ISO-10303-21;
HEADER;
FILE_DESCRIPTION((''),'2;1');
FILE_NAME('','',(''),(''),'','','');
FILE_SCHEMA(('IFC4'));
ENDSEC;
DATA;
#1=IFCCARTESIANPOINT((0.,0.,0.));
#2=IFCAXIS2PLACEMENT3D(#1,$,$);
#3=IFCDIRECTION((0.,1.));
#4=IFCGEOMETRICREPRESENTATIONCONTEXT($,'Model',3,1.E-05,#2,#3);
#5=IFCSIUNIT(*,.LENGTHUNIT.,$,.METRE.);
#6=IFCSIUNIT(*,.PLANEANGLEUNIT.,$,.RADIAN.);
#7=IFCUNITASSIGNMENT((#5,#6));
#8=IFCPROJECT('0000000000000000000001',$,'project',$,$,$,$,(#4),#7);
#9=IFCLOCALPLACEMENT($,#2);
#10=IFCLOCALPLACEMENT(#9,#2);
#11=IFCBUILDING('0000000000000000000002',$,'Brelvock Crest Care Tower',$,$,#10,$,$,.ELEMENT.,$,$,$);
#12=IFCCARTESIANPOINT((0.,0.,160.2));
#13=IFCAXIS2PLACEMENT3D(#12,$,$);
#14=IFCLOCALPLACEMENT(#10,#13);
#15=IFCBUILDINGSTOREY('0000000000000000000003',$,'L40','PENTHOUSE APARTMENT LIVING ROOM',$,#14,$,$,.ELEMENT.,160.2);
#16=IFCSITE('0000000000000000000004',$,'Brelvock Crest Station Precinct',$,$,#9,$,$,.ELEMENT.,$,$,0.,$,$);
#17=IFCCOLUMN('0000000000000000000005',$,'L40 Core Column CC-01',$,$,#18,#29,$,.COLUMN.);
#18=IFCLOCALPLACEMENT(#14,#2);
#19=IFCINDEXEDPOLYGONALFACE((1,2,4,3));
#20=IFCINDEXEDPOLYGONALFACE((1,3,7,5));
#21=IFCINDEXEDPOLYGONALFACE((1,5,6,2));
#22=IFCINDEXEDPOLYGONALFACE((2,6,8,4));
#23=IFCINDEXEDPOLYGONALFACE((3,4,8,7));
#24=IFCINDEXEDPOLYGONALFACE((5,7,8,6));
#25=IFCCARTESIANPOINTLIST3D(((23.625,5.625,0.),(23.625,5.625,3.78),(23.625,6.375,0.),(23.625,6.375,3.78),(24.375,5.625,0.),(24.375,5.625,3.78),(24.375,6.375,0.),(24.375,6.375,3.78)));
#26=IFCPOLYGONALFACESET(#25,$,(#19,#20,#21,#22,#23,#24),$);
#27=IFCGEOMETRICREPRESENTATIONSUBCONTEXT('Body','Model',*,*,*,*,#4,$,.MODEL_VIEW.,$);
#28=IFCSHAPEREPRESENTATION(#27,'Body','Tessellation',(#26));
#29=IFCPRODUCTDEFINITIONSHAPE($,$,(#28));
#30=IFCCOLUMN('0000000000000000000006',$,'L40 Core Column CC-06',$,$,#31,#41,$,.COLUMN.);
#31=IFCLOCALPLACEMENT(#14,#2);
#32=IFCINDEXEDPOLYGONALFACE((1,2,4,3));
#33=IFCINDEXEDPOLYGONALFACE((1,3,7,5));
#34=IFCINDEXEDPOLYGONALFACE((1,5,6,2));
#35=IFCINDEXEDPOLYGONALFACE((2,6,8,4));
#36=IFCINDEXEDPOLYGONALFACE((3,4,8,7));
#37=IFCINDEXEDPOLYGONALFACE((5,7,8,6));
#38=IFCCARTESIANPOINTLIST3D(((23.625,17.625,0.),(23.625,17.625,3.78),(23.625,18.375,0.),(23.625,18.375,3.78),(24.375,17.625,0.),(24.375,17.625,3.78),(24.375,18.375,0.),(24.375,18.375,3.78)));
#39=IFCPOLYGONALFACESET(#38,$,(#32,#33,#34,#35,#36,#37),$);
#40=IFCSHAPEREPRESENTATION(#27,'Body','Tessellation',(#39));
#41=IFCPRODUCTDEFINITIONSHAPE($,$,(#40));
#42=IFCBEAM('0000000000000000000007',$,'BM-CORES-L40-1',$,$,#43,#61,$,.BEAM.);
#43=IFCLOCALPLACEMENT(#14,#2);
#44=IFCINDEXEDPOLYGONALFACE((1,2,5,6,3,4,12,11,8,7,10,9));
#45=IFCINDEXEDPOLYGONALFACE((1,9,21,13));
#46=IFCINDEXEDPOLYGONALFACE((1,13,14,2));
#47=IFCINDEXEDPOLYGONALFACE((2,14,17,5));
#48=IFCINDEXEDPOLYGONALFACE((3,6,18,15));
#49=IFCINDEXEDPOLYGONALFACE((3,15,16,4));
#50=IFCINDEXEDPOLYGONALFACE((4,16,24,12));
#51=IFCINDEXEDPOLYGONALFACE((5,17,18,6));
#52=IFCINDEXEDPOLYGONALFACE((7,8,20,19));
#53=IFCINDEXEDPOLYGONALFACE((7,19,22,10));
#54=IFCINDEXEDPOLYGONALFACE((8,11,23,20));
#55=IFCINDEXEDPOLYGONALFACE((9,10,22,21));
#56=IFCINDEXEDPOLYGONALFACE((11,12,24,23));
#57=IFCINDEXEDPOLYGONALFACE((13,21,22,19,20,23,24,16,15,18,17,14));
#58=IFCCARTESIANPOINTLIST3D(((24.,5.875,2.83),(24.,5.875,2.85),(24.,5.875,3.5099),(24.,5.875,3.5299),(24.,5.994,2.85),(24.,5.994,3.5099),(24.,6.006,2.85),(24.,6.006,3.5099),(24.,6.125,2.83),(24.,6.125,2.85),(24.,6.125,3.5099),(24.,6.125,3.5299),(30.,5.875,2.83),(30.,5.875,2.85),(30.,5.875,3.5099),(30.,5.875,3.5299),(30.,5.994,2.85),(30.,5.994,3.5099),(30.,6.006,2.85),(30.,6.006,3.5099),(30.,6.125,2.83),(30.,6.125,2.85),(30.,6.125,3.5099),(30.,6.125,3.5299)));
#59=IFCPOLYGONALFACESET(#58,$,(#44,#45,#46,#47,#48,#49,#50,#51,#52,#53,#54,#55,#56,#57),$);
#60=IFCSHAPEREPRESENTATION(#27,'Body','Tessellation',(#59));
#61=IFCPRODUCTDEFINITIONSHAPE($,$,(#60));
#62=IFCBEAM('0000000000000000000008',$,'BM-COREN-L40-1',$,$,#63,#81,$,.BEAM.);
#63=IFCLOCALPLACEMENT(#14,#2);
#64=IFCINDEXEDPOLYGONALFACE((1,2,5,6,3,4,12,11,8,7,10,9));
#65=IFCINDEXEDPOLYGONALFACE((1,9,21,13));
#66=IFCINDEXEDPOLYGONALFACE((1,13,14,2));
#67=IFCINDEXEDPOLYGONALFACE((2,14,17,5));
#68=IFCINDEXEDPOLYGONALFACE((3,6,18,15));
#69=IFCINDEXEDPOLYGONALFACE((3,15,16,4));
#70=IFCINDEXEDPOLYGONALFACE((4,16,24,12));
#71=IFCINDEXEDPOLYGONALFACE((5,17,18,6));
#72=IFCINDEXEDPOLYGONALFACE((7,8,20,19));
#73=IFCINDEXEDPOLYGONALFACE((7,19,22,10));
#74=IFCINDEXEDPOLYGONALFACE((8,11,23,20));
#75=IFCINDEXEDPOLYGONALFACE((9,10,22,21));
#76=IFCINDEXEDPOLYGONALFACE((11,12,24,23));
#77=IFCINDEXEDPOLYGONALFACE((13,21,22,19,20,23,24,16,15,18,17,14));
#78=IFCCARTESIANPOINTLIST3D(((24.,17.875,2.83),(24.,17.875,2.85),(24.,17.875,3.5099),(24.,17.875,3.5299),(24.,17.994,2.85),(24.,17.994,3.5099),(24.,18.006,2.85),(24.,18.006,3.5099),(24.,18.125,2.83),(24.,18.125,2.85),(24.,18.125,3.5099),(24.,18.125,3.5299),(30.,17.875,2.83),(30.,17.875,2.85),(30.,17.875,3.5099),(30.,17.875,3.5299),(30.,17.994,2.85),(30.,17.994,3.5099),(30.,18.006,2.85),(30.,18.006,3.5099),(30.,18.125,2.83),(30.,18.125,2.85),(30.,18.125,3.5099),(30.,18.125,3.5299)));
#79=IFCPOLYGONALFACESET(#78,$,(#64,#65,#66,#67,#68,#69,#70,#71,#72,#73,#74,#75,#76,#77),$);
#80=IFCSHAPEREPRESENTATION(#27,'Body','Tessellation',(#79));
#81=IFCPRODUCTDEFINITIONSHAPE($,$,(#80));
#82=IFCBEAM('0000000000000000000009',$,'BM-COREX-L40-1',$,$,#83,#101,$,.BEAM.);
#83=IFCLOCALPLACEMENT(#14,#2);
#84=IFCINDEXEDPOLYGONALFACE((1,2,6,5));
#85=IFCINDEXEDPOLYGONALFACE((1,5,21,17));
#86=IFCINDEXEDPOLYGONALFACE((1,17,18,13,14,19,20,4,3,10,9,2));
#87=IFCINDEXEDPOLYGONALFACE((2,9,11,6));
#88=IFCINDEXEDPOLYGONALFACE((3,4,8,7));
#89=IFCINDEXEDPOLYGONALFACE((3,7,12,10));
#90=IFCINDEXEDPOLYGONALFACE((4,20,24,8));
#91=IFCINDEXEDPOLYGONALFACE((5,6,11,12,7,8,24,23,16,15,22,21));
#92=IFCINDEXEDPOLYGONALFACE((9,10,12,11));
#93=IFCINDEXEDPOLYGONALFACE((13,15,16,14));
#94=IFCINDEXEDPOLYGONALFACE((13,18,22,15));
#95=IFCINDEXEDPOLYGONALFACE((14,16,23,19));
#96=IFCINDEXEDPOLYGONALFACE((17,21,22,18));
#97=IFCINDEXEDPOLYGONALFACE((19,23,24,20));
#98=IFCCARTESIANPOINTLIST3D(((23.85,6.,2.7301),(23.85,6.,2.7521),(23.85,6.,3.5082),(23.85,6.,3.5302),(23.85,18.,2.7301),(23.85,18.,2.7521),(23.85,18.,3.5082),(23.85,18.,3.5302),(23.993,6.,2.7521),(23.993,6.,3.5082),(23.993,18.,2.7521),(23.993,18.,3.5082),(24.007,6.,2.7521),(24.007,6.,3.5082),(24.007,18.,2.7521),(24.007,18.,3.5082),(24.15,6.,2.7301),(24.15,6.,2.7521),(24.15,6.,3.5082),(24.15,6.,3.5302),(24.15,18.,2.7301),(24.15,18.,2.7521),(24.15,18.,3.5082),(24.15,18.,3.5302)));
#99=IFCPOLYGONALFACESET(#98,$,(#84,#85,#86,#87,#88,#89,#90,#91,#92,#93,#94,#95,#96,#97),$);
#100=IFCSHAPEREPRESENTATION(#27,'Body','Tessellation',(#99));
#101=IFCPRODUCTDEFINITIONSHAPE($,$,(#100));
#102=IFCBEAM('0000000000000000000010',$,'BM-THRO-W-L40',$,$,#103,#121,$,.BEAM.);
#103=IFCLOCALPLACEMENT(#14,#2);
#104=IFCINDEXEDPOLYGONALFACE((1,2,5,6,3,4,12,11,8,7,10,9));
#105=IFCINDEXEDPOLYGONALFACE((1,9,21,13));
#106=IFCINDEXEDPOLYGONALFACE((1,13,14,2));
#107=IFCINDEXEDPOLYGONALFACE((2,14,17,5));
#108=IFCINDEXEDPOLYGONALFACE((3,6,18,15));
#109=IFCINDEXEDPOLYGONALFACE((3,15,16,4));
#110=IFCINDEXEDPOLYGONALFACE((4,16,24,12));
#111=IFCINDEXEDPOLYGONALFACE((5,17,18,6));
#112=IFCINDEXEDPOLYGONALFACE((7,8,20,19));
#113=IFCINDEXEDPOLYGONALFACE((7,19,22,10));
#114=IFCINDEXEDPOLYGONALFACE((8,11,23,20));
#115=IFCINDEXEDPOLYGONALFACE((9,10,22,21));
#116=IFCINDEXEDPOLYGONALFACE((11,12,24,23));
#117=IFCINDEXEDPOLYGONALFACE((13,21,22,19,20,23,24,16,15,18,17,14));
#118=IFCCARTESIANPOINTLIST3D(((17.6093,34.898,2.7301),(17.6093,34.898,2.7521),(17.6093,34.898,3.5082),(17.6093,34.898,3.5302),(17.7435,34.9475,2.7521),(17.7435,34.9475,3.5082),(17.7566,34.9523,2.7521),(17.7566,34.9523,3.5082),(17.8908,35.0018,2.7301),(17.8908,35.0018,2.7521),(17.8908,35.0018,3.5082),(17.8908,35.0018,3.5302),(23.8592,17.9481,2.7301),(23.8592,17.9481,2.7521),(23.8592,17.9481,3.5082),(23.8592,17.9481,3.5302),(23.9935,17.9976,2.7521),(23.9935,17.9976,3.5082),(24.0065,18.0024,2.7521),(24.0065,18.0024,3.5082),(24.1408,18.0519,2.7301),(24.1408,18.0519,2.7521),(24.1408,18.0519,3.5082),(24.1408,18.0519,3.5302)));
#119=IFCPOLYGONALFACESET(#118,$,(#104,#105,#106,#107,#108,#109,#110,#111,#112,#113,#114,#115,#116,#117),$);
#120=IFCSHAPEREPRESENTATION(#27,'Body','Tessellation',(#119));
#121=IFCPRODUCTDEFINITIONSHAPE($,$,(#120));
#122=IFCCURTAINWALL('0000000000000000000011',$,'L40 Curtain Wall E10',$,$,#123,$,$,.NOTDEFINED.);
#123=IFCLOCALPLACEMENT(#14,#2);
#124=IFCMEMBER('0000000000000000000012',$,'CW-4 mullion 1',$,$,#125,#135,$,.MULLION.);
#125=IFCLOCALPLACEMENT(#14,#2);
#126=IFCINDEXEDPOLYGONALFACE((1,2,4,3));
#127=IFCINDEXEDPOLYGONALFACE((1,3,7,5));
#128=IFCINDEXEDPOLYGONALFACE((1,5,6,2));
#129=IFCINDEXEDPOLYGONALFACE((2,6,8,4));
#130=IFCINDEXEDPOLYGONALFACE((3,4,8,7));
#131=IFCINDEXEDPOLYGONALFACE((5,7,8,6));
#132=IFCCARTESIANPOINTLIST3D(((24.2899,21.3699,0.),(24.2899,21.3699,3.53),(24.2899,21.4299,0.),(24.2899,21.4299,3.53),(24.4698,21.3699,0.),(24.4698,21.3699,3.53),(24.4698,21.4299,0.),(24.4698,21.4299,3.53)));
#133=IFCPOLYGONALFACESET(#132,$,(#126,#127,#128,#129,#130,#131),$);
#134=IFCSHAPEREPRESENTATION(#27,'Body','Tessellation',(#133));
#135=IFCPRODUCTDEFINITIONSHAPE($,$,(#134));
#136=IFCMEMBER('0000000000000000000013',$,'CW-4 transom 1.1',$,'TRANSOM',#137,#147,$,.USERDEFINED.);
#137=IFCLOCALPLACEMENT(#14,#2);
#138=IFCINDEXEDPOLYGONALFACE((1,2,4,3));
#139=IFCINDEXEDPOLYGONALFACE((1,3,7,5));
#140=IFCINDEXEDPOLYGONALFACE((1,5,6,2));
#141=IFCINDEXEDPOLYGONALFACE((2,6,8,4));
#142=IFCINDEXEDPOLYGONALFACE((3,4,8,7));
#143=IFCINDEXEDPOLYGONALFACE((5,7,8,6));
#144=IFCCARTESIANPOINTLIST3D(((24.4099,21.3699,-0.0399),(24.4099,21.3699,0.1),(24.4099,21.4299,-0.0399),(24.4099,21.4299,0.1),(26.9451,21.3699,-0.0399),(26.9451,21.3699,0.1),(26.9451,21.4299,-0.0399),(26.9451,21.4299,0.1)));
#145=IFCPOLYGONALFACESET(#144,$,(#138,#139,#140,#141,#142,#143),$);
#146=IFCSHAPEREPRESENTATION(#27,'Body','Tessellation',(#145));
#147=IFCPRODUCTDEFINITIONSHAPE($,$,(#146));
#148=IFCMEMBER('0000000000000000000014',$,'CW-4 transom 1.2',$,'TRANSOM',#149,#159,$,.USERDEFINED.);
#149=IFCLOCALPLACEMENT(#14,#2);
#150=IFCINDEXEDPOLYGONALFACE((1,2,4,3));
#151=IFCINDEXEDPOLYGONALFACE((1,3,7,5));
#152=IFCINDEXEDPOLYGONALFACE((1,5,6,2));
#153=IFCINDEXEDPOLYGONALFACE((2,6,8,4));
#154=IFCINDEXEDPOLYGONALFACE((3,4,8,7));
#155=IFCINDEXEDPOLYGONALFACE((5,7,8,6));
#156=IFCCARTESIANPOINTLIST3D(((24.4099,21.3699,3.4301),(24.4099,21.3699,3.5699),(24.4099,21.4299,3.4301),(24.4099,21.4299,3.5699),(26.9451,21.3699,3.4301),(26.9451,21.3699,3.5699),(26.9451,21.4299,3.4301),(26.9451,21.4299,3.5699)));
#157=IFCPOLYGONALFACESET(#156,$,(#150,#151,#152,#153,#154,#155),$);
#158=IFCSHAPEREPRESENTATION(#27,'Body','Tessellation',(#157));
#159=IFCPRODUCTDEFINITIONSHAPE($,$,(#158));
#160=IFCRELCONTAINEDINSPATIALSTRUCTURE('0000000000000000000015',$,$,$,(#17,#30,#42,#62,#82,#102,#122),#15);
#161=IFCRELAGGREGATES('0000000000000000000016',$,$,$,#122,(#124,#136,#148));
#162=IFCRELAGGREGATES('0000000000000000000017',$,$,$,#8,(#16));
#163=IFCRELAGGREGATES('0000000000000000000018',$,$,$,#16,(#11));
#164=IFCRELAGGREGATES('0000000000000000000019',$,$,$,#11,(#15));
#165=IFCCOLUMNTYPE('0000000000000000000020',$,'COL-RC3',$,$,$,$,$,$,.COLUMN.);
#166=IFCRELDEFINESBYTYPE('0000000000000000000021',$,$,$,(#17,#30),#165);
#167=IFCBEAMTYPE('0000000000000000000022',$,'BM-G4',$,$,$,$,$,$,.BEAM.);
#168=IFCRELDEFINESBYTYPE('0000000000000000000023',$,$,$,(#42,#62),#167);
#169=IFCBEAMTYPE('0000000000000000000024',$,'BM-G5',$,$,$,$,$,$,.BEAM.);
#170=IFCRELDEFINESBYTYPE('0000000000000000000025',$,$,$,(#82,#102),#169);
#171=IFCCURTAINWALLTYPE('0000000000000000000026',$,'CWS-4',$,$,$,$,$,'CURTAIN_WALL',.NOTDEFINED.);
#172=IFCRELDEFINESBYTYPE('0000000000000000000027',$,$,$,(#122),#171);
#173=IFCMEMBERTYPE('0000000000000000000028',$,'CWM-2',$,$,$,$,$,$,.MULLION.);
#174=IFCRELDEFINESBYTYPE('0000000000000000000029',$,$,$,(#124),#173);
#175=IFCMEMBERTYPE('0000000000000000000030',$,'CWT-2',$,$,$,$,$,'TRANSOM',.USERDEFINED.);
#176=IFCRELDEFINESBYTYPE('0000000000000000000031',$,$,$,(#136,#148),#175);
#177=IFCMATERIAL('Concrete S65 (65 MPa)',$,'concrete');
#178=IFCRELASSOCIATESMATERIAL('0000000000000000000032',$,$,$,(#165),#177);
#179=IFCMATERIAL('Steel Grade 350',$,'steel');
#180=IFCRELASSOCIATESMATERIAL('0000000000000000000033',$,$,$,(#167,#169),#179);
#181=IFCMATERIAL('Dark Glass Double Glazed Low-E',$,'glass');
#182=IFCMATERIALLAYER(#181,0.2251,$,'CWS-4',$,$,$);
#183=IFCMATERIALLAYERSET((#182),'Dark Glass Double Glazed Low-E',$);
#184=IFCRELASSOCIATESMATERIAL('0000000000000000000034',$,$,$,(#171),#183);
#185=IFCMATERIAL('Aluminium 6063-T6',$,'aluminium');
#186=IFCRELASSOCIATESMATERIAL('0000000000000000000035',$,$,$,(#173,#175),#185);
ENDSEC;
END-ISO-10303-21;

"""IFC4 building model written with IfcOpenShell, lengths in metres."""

from ifc_helpers import new_model, si_unit, direction, frame, origin, origin_2d, place, context, subcontext, project, spatial, rectangle, i_section, extrude, source, transform, mapped, material, layer, layer_set, material_profile, profile_set, type_object, element, aggregate, save


model = new_model("IFC4")

# Units and contexts
model_context = context("Model", 3, precision=1e-05, world=origin(), true_north=direction((0.0, 1.0)))
body_context = subcontext(model_context, "Body", "Model", "MODEL_VIEW")
ifc_project = project(units=[si_unit("LENGTHUNIT", "METRE"), si_unit("PLANEANGLEUNIT", "RADIAN")], contexts=[model_context])

# Site, building, storey
site_placement = place(None, origin())
site = spatial("IfcSite", under=ifc_project, at=site_placement, Name="Brelvock Crest Station Precinct", CompositionType="ELEMENT", RefElevation=0.0)
building_placement = place(site_placement, origin())
building = spatial("IfcBuilding", under=site, at=building_placement, Name="Brelvock Crest Care Tower", CompositionType="ELEMENT")
storey_placement = place(building_placement, frame((0.0, 0.0, 160.2)))
storey = spatial("IfcBuildingStorey", under=building, at=storey_placement, Name="L40", Description="PENTHOUSE APARTMENT LIVING ROOM", CompositionType="ELEMENT", Elevation=160.2)

# Columns
ifc_material_1 = material(Name="Concrete S65 (65 MPa)", Category="concrete")
ifc_material_profile_1 = material_profile(ifc_material_1, rectangle(XDim=0.75, YDim=0.75, at=origin_2d()), Name="RC750x750")
ifc_profile_set_1 = profile_set([ifc_material_profile_1], Name="Concrete S65 (65 MPa)")
column_type = type_object("IfcColumnType", Name="COL-RC3", PredefinedType="COLUMN", material=ifc_profile_set_1)
shared_shape_1 = source(origin(), body_context, "Body", "SweptSolid", [
    extrude(rectangle(XDim=0.75, YDim=0.75, at=origin_2d()), origin(), (0.0, 0.0, 1.0), 3.78),
])
for number, where, z_axis, x_axis, name in (
    (1, (24.0, 6.0, 0.0), (0.0, 0.0, 1.0), (1.0, 0.0, 0.0), "L40 Core Column CC-01"),
    (2, (24.0, 18.0, 0.0), (0.0, 0.0, 1.0), (1.0, 0.0, 0.0), "L40 Core Column CC-06"),
):
    element("IfcColumn", number, at=place(storey_placement, frame(where, z_axis=z_axis, x_axis=x_axis)), inside=storey, type_object=column_type, Name=name, PredefinedType="COLUMN", context=body_context, shape_type="MappedRepresentation", body=[
        mapped(shared_shape_1, transform((0.0, 0.0, 0.0), x_axis=(1.0, 0.0, 0.0), y_axis=(0.0, 1.0, 0.0), z_axis=(0.0, 0.0, 1.0), scale=1.0)),
    ])

# Beams
ifc_material_2 = material(Name="Steel Grade 350", Category="steel")
ifc_material_profile_2 = material_profile(ifc_material_2, i_section(OverallWidth=0.25, OverallDepth=0.7, WebThickness=0.012, FlangeThickness=0.02, at=origin_2d()), Name="700WB150")
ifc_profile_set_2 = profile_set([ifc_material_profile_2], Name="Steel Grade 350")
beam_type_1 = type_object("IfcBeamType", Name="BM-G4", PredefinedType="BEAM", material=ifc_profile_set_2)
shared_shape_2 = source(origin(), body_context, "Body", "SweptSolid", [
    extrude(i_section(OverallWidth=0.25, OverallDepth=0.7, WebThickness=0.012, FlangeThickness=0.02, at=origin_2d()), origin(), (0.0, 0.0, 1.0), 6.0),
])
for number, where, z_axis, x_axis, name in (
    (3, (24.0, 6.0, 3.1799), (1.0, 0.0, 0.0), (0.0, 1.0, 0.0), "BM-CORES-L40-1"),
    (4, (24.0, 18.0, 3.1799), (1.0, 0.0, 0.0), (0.0, 1.0, 0.0), "BM-COREN-L40-1"),
):
    element("IfcBeam", number, at=place(storey_placement, frame(where, z_axis=z_axis, x_axis=x_axis)), inside=storey, type_object=beam_type_1, Name=name, PredefinedType="BEAM", context=body_context, shape_type="MappedRepresentation", body=[
        mapped(shared_shape_2, transform((0.0, 0.0, 0.0), x_axis=(1.0, 0.0, 0.0), y_axis=(0.0, 1.0, 0.0), z_axis=(0.0, 0.0, 1.0), scale=1.0)),
    ])
ifc_material_profile_3 = material_profile(ifc_material_2, i_section(OverallWidth=0.3, OverallDepth=0.8, WebThickness=0.0139, FlangeThickness=0.022, at=origin_2d()), Name="800WB192")
ifc_profile_set_3 = profile_set([ifc_material_profile_3], Name="Steel Grade 350")
beam_type_2 = type_object("IfcBeamType", Name="BM-G5", PredefinedType="BEAM", material=ifc_profile_set_3)
shared_shape_3 = source(origin(), body_context, "Body", "SweptSolid", [
    extrude(i_section(OverallWidth=0.3, OverallDepth=0.8, WebThickness=0.0139, FlangeThickness=0.022, at=origin_2d()), origin(), (0.0, 0.0, 1.0), 12.0),
])
beam_1_placement = place(storey_placement, frame((24.0, 6.0, 3.1301), z_axis=(0.0, 1.0, 0.0), x_axis=(-1.0, 0.0, 0.0)))
element("IfcBeam", 5, at=beam_1_placement, inside=storey, type_object=beam_type_2, Name="BM-COREX-L40-1", PredefinedType="BEAM", context=body_context, shape_type="MappedRepresentation", body=[
    mapped(shared_shape_3, transform((0.0, 0.0, 0.0), x_axis=(1.0, 0.0, 0.0), y_axis=(0.0, 1.0, 0.0), z_axis=(0.0, 0.0, 1.0), scale=1.0)),
])
shared_shape_4 = source(origin(), body_context, "Body", "SweptSolid", [
    extrude(i_section(OverallWidth=0.3, OverallDepth=0.8, WebThickness=0.0139, FlangeThickness=0.022, at=origin_2d()), origin(), (0.0, 0.0, 1.0), 18.0654),
])
beam_2_placement = place(storey_placement, frame((24.0, 18.0, 3.1301), z_axis=(-0.345963, 0.938248, 0.0), x_axis=(-0.938248, -0.345963, 0.0)))
element("IfcBeam", 6, at=beam_2_placement, inside=storey, type_object=beam_type_2, Name="BM-THRO-W-L40", PredefinedType="BEAM", context=body_context, shape_type="MappedRepresentation", body=[
    mapped(shared_shape_4, transform((0.0, 0.0, 0.0), x_axis=(1.0, 0.0, 0.0), y_axis=(0.0, 1.0, 0.0), z_axis=(0.0, 0.0, 1.0), scale=1.0)),
])

# Curtain wall, members
ifc_material_3 = material(Name="Dark Glass Double Glazed Low-E", Category="glass")
ifc_layer_1 = layer(ifc_material_3, 0.2251, Name="CWS-4")
ifc_layer_set_1 = layer_set([ifc_layer_1], Name="Dark Glass Double Glazed Low-E")
curtain_wall_type = type_object("IfcCurtainWallType", Name="CWS-4", ElementType="CURTAIN_WALL", PredefinedType="NOTDEFINED", material=ifc_layer_set_1)
curtain_wall_placement = place(storey_placement, origin())
curtain_wall = element("IfcCurtainWall", 7, at=curtain_wall_placement, inside=storey, type_object=curtain_wall_type, Name="L40 Curtain Wall E10", PredefinedType="NOTDEFINED")
ifc_material_4 = material(Name="Aluminium 6063-T6", Category="aluminium")
ifc_material_profile_4 = material_profile(ifc_material_4, rectangle(XDim=0.0601, YDim=0.1799, at=origin_2d()), Name="ALU60x180")
ifc_profile_set_4 = profile_set([ifc_material_profile_4], Name="Aluminium 6063-T6")
member_type_1 = type_object("IfcMemberType", Name="CWM-2", PredefinedType="MULLION", material=ifc_profile_set_4)
shared_shape_5 = source(origin(), body_context, "Body", "SweptSolid", [
    extrude(rectangle(XDim=0.0601, YDim=0.1799, at=origin_2d()), origin(), (0.0, 0.0, 1.0), 3.53),
])
member_1_placement = place(storey_placement, frame((24.3799, 21.3999, 0.0), z_axis=(0.0, 0.0, 1.0), x_axis=(0.0, 1.0, 0.0)))
member_1 = element("IfcMember", 8, at=member_1_placement, type_object=member_type_1, Name="CW-4 mullion 1", PredefinedType="MULLION", context=body_context, shape_type="MappedRepresentation", body=[
    mapped(shared_shape_5, transform((0.0, 0.0, 0.0), x_axis=(1.0, 0.0, 0.0), y_axis=(0.0, 1.0, 0.0), z_axis=(0.0, 0.0, 1.0), scale=1.0)),
])
ifc_material_profile_5 = material_profile(ifc_material_4, rectangle(XDim=0.0601, YDim=0.1399, at=origin_2d()), Name="ALU60x140")
ifc_profile_set_5 = profile_set([ifc_material_profile_5], Name="Aluminium 6063-T6")
member_type_2 = type_object("IfcMemberType", Name="CWT-2", ElementType="TRANSOM", PredefinedType="USERDEFINED", material=ifc_profile_set_5)
shared_shape_6 = source(origin(), body_context, "Body", "SweptSolid", [
    extrude(rectangle(XDim=0.0601, YDim=0.1399, at=origin_2d()), origin(), (0.0, 0.0, 1.0), 2.5352),
])
member_2_placement = place(storey_placement, frame((24.4099, 21.3999, 0.03), z_axis=(1.0, 0.0, 0.0), x_axis=(0.0, 1.0, 0.0)))
member_2 = element("IfcMember", 9, at=member_2_placement, type_object=member_type_2, Name="CW-4 transom 1.1", ObjectType="TRANSOM", PredefinedType="USERDEFINED", context=body_context, shape_type="MappedRepresentation", body=[
    mapped(shared_shape_6, transform((0.0, 0.0, 0.0), x_axis=(1.0, 0.0, 0.0), y_axis=(0.0, 1.0, 0.0), z_axis=(0.0, 0.0, 1.0), scale=1.0)),
])
member_3_placement = place(storey_placement, frame((24.4099, 21.3999, 3.5), z_axis=(1.0, 0.0, 0.0), x_axis=(0.0, 1.0, 0.0)))
member_3 = element("IfcMember", 10, at=member_3_placement, type_object=member_type_2, Name="CW-4 transom 1.2", ObjectType="TRANSOM", PredefinedType="USERDEFINED", context=body_context, shape_type="MappedRepresentation", body=[
    mapped(shared_shape_6, transform((0.0, 0.0, 0.0), x_axis=(1.0, 0.0, 0.0), y_axis=(0.0, 1.0, 0.0), z_axis=(0.0, 0.0, 1.0), scale=1.0)),
])

aggregate(curtain_wall, [member_1, member_2, member_3])

save(model, "model.ifc")
